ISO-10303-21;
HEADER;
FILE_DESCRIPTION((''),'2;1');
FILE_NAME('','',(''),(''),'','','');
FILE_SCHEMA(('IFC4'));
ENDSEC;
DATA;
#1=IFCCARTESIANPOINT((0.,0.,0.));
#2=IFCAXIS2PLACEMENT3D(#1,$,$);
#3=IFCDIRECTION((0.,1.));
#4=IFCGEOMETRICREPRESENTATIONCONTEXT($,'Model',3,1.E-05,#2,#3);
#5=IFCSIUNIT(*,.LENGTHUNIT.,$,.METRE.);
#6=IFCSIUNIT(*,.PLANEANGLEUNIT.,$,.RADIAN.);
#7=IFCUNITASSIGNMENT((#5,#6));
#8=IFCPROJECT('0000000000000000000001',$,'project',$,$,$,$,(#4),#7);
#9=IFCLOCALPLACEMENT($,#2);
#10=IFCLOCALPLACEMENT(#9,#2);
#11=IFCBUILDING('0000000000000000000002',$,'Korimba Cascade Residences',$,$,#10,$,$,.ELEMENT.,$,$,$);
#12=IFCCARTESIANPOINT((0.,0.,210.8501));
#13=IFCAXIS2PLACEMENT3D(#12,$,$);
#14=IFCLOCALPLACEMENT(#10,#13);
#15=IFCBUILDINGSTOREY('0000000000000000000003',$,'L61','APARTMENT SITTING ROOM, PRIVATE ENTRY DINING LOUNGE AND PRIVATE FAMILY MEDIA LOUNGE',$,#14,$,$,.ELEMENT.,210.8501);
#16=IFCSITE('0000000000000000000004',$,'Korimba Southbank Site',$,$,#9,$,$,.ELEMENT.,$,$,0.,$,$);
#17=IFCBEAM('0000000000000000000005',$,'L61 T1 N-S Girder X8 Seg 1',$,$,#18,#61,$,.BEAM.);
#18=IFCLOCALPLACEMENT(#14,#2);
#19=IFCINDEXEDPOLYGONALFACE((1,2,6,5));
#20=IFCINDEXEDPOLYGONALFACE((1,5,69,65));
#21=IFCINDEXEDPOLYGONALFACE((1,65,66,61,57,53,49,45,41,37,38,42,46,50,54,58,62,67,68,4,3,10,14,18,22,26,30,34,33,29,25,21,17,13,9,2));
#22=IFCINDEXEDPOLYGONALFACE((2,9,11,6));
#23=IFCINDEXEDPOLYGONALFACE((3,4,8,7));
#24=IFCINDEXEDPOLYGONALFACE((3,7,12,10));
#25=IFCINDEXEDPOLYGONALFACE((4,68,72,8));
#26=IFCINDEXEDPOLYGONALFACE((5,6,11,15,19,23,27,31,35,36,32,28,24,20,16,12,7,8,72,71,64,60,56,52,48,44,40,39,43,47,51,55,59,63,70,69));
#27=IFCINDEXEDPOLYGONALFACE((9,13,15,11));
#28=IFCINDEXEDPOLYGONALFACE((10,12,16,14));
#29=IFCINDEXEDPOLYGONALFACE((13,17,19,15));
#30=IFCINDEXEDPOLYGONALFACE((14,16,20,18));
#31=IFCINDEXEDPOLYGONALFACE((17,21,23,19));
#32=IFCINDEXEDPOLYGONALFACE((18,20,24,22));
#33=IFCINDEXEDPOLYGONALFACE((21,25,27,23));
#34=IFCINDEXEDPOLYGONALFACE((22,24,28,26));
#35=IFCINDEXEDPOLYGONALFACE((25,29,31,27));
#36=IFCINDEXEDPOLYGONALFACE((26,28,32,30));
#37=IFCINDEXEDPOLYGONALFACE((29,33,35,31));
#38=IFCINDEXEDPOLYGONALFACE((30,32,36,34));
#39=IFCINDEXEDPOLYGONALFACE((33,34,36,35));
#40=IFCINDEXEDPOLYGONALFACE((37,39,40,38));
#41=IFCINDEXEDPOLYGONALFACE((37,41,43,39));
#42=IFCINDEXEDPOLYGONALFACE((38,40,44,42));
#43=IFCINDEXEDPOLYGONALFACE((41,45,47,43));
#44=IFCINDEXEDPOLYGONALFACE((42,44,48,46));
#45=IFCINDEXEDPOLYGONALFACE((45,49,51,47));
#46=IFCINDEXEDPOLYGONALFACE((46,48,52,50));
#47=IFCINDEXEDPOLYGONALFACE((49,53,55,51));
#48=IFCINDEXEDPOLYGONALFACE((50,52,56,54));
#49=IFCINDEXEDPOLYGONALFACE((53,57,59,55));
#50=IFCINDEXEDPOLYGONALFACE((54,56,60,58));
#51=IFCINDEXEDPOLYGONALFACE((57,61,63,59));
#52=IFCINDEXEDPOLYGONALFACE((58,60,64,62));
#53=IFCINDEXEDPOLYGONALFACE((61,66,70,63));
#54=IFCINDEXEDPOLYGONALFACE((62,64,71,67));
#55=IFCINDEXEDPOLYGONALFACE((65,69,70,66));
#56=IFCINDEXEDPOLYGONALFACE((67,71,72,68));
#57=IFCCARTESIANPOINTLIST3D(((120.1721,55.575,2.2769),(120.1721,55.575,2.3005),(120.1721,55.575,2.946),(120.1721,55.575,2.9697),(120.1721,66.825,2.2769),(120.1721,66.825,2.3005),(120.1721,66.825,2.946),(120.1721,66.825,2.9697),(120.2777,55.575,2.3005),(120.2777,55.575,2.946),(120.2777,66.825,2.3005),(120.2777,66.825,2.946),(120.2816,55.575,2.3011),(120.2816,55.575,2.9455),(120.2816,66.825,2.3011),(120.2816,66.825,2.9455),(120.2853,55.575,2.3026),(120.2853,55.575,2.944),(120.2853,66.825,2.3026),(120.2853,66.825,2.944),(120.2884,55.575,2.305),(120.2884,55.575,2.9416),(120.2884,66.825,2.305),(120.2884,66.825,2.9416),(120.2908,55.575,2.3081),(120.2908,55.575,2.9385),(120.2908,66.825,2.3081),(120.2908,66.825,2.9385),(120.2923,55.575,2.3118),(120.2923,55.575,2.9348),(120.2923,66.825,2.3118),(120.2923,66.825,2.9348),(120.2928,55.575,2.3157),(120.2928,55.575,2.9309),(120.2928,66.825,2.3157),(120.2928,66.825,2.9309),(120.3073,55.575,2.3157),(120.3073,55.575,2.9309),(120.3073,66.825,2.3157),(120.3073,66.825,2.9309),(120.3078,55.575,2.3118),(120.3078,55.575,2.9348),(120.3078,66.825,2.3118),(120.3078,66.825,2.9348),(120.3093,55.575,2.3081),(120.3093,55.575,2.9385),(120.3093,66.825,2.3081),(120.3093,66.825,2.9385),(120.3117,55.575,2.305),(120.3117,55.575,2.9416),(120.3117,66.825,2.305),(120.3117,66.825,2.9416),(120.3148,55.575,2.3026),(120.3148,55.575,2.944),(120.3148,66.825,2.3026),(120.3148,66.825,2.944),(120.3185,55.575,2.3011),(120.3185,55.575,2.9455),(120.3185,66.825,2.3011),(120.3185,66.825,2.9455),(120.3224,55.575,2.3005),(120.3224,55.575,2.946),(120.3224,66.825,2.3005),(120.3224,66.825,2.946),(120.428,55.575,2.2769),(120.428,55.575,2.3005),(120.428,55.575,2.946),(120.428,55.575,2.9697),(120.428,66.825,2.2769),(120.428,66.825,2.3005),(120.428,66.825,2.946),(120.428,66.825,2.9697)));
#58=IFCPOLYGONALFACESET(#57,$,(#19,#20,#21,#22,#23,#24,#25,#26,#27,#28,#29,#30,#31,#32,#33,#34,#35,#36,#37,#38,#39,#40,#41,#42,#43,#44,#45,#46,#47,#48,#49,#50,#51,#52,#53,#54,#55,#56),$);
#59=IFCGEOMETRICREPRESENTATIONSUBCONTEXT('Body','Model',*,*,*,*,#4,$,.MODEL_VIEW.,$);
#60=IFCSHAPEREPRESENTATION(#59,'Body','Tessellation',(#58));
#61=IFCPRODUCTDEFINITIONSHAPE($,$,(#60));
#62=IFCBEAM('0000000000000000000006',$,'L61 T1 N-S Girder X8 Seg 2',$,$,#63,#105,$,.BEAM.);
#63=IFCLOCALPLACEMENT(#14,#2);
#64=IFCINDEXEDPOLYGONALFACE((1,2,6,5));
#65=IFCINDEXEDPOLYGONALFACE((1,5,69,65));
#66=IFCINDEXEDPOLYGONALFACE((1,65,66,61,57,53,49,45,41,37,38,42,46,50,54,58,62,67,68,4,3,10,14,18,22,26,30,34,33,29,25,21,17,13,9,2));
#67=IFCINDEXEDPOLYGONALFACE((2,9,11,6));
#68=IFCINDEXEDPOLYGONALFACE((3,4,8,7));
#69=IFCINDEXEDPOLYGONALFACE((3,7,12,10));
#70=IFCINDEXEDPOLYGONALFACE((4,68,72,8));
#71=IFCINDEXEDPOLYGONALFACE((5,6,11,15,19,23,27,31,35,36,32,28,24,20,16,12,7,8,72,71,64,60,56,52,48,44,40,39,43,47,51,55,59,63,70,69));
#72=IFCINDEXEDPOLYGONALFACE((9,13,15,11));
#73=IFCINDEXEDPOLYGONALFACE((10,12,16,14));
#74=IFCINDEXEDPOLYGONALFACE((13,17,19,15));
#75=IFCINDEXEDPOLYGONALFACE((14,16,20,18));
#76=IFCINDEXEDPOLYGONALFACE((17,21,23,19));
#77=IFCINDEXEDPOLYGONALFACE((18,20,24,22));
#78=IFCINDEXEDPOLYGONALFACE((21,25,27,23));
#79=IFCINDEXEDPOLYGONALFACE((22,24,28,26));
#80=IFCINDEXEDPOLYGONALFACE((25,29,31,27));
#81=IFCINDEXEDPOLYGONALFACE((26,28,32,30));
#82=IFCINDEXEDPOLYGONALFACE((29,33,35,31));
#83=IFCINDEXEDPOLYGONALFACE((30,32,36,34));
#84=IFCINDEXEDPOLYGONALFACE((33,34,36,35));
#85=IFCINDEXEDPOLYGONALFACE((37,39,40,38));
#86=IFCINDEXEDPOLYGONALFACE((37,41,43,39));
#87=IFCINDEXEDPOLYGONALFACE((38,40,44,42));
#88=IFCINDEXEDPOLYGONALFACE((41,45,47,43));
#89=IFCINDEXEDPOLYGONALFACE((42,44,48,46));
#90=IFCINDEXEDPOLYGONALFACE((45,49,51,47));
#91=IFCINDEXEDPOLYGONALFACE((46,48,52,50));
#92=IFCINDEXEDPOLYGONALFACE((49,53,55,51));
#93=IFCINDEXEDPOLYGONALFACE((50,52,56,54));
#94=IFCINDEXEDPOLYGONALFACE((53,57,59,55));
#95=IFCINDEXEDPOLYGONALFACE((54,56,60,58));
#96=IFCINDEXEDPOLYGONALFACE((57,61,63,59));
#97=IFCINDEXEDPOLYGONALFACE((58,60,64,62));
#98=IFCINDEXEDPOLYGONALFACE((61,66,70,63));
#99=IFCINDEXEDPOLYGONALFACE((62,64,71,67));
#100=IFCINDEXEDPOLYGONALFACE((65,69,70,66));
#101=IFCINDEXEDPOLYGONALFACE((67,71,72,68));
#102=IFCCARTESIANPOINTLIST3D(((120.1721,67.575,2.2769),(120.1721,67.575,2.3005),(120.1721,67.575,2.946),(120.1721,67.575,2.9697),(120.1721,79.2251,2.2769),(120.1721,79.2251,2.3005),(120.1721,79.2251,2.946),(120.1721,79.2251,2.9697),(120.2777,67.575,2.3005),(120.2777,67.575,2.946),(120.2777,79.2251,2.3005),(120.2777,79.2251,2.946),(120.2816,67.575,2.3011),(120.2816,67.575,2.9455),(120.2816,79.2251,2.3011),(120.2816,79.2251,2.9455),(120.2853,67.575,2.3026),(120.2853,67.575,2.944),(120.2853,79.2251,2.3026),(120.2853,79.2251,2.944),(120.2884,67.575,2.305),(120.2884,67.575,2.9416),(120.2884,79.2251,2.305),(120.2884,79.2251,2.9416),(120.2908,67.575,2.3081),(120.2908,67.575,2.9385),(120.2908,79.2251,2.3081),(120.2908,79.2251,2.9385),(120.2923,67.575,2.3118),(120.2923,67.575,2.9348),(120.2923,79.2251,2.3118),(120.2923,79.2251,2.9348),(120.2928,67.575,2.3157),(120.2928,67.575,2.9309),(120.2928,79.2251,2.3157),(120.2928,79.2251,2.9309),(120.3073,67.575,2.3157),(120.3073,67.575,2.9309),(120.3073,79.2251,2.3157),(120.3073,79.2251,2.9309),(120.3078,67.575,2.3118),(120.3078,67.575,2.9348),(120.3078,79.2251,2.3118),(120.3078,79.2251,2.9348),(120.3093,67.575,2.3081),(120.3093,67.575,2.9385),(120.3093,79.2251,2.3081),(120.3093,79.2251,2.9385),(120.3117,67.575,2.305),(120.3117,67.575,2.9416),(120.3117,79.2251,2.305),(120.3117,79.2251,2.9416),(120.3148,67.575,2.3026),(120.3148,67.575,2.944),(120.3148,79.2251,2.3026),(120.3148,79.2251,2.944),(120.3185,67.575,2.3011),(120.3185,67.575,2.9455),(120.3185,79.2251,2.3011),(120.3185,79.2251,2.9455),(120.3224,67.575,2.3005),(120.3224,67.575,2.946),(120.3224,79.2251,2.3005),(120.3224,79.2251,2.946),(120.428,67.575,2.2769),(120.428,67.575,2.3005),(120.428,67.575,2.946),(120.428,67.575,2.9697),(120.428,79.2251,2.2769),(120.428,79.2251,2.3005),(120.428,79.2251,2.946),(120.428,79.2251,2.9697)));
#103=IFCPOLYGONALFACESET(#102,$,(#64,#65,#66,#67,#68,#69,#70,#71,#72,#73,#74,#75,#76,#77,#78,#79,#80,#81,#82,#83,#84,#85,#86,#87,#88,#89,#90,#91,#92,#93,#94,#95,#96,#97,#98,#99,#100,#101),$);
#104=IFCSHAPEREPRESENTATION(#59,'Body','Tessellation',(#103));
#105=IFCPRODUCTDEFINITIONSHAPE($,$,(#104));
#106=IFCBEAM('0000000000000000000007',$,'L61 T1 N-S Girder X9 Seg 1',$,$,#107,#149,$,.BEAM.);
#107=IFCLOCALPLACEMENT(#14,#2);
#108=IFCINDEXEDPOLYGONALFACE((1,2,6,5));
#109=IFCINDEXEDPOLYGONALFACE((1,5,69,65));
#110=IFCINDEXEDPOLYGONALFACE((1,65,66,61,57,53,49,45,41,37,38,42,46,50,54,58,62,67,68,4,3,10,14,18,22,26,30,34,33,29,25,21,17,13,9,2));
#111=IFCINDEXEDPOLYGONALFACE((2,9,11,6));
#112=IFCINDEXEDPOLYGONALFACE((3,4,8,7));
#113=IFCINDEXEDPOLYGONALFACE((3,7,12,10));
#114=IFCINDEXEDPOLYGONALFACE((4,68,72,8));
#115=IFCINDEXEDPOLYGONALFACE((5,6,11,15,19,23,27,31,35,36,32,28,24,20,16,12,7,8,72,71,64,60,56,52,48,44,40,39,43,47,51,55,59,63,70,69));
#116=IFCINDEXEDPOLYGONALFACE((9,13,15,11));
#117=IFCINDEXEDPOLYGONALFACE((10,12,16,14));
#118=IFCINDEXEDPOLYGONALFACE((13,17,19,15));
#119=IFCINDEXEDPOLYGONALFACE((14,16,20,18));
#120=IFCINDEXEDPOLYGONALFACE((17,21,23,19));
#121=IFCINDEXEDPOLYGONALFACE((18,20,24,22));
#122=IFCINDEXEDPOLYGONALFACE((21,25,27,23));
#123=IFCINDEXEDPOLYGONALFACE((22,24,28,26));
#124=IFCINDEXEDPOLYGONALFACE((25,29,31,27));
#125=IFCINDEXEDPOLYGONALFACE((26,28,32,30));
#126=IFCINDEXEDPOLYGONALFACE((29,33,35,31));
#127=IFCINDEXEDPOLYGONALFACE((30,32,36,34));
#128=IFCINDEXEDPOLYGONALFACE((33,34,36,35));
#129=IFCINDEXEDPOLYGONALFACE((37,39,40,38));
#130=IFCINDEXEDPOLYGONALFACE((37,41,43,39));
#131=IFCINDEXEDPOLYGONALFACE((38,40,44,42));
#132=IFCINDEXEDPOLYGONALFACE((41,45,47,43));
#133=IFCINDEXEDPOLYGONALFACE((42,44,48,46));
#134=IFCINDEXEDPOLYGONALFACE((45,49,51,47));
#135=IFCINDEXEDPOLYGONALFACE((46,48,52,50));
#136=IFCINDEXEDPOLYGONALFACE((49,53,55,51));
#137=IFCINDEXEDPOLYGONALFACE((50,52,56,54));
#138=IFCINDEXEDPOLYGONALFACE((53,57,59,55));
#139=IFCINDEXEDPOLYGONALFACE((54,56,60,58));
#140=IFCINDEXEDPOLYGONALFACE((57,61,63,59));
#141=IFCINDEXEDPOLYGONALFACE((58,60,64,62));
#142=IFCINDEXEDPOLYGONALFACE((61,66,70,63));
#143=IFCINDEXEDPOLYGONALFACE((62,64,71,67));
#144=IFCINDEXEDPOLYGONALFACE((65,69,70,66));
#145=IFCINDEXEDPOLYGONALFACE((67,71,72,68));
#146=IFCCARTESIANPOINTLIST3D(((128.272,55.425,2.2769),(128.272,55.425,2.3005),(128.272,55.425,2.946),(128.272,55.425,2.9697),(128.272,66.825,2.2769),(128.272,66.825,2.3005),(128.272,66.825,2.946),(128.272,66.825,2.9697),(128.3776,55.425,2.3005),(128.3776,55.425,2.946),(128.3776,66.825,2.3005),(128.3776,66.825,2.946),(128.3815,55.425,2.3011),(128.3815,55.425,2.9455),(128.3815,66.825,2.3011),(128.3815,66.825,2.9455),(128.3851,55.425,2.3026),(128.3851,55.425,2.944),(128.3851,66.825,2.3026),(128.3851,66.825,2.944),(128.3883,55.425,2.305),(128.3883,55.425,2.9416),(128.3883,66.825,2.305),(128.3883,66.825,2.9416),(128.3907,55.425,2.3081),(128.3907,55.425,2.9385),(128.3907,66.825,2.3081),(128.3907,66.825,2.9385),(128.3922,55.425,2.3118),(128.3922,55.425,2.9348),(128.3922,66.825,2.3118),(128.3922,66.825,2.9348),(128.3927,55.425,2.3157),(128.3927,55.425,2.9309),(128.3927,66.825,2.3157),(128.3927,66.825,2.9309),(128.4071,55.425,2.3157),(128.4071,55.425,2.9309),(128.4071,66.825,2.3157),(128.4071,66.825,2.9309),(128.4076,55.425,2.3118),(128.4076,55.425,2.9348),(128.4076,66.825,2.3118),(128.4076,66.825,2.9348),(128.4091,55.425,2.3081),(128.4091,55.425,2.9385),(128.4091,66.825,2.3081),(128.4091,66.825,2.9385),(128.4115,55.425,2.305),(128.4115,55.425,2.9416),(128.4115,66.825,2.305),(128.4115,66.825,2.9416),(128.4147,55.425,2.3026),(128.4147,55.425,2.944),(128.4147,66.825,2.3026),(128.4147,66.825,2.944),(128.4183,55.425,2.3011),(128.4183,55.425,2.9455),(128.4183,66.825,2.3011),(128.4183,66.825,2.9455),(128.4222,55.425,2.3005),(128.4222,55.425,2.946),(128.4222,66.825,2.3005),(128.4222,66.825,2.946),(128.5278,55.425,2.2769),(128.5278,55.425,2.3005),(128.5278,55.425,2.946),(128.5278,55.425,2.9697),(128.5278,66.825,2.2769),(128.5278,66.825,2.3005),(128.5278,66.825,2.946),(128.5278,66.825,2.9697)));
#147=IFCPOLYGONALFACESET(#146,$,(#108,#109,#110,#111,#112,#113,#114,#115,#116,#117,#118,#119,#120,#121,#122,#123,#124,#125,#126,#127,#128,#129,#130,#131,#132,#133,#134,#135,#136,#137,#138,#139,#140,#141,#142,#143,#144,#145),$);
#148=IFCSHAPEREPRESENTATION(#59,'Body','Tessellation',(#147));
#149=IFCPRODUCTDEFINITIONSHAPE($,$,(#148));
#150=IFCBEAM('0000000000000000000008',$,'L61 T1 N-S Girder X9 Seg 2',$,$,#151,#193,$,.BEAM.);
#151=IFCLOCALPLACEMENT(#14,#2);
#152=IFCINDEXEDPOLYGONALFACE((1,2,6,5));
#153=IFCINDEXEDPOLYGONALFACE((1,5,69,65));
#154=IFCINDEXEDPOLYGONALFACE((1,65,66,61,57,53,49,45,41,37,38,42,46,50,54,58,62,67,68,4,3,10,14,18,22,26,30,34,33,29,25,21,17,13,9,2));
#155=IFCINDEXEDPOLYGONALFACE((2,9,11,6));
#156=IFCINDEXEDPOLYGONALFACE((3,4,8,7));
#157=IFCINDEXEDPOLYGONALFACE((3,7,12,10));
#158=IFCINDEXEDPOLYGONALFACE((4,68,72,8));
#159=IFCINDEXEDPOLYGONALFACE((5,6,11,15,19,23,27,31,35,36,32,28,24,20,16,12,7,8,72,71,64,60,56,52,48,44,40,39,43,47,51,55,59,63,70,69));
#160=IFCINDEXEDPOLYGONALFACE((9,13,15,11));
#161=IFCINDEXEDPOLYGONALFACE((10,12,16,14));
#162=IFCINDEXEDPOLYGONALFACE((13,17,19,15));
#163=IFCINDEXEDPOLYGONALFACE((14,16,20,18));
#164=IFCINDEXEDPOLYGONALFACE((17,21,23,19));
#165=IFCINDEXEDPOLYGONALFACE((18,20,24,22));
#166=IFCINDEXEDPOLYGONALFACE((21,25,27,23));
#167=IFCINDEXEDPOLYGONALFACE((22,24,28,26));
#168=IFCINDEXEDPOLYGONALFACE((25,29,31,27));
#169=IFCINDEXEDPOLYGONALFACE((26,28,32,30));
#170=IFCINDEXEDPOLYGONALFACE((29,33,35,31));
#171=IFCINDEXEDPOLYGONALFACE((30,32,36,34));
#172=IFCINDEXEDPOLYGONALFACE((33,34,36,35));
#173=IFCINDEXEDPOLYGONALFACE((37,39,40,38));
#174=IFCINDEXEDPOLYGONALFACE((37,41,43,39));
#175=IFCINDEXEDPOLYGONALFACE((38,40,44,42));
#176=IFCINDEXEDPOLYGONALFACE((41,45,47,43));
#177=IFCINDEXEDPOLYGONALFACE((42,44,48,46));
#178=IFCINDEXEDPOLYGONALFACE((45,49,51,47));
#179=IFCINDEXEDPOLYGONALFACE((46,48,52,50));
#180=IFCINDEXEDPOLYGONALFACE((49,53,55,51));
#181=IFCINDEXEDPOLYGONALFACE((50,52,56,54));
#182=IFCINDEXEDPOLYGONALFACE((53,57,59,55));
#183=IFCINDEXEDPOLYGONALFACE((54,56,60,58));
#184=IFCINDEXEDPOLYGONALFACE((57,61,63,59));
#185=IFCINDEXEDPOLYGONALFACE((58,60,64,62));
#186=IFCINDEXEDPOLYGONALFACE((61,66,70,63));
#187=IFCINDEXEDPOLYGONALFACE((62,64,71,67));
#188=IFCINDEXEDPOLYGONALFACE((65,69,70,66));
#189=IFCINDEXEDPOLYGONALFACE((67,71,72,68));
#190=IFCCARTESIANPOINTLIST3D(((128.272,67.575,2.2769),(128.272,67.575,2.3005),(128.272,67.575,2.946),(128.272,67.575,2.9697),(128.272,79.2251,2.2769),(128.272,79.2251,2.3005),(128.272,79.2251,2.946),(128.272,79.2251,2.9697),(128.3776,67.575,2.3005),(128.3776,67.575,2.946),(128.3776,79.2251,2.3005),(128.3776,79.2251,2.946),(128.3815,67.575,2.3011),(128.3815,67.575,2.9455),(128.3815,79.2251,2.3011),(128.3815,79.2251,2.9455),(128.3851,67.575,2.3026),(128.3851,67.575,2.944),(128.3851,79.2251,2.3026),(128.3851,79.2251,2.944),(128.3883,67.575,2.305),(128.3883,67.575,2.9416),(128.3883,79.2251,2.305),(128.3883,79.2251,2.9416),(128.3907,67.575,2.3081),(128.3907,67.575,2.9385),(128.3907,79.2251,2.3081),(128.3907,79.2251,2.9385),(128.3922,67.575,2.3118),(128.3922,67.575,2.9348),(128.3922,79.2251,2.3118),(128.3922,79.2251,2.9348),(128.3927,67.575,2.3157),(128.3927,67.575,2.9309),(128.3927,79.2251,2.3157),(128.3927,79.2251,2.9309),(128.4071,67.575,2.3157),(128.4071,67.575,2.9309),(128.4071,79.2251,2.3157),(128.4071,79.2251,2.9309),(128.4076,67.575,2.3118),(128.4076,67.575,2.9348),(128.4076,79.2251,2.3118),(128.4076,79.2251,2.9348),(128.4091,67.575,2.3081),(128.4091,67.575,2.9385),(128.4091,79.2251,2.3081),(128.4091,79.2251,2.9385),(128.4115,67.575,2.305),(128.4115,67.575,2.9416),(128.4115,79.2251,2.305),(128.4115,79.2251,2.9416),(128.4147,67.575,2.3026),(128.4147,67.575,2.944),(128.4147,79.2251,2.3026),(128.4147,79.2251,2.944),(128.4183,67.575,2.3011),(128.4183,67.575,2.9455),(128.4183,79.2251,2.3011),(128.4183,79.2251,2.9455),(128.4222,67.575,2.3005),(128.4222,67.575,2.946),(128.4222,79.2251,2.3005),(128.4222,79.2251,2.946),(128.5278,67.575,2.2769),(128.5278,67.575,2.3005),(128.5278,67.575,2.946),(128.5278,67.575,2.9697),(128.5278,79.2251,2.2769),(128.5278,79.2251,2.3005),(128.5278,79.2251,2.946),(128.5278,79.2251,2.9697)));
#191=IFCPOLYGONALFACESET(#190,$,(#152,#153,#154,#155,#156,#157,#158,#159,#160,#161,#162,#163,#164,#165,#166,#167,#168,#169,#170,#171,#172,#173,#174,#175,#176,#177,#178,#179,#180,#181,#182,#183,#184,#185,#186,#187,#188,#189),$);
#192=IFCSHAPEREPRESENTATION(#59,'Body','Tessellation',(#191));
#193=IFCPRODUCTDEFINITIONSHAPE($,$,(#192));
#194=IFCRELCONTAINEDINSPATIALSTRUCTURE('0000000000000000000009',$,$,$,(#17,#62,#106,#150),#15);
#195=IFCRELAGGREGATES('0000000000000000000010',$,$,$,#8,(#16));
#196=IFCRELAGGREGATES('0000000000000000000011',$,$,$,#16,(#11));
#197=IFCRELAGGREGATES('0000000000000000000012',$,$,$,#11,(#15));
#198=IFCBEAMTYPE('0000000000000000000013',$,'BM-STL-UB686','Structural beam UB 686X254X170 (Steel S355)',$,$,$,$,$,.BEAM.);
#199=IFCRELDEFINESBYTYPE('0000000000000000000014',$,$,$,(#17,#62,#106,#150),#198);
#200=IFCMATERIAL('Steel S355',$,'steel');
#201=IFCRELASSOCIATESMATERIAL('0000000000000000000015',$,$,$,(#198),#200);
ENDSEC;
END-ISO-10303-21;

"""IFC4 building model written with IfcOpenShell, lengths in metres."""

from ifc_helpers import new_model, si_unit, direction, frame, origin, origin_2d, place, context, subcontext, project, spatial, i_section, extrude, material, material_profile, profile_set, type_object, element, save


model = new_model("IFC4")

# Units and contexts
model_context = context("Model", 3, precision=1e-05, world=origin(), true_north=direction((0.0, 1.0)))
body_context = subcontext(model_context, "Body", "Model", "MODEL_VIEW")
ifc_project = project(units=[si_unit("LENGTHUNIT", "METRE"), si_unit("PLANEANGLEUNIT", "RADIAN")], contexts=[model_context])

# Site, building, storey
site_placement = place(None, origin())
site = spatial("IfcSite", under=ifc_project, at=site_placement, Name="Korimba Southbank Site", CompositionType="ELEMENT", RefElevation=0.0)
building_placement = place(site_placement, origin())
building = spatial("IfcBuilding", under=site, at=building_placement, Name="Korimba Cascade Residences", CompositionType="ELEMENT")
storey_placement = place(building_placement, frame((0.0, 0.0, 210.8501)))
storey = spatial("IfcBuildingStorey", under=building, at=storey_placement, Name="L61", Description="APARTMENT SITTING ROOM, PRIVATE ENTRY DINING LOUNGE AND PRIVATE FAMILY MEDIA LOUNGE", CompositionType="ELEMENT", Elevation=210.8501)

# Beams
ifc_material_1 = material(Name="Steel S355", Category="steel")
ifc_material_profile_1 = material_profile(ifc_material_1, i_section(OverallWidth=0.2559, OverallDepth=0.6929, WebThickness=0.0144, FlangeThickness=0.0237, FilletRadius=0.0151, at=origin_2d()), Name="Steel S355")
ifc_profile_set_1 = profile_set([ifc_material_profile_1], Name="Steel S355")
beam_type_1 = type_object("IfcBeamType", Name="BM-STL-UB686", Description="Structural beam UB 686X254X170 (Steel S355)", PredefinedType="BEAM", material=ifc_profile_set_1)
beam_1_placement = place(storey_placement, frame((120.3, 55.575, 2.6233), z_axis=(0.0, 1.0, 0.0), x_axis=(-1.0, 0.0, 0.0)))
element("IfcBeam", 1, at=beam_1_placement, inside=storey, type_object=beam_type_1, Name="L61 T1 N-S Girder X8 Seg 1", PredefinedType="BEAM", context=body_context, shape_type="SweptSolid", body=[
    extrude(i_section(OverallWidth=0.2559, OverallDepth=0.6929, WebThickness=0.0144, FlangeThickness=0.0237, FilletRadius=0.0151, at=origin_2d()), origin(), (0.0, 0.0, 1.0), 11.25),
])
beam_2_placement = place(storey_placement, frame((120.3, 67.575, 2.6233), z_axis=(0.0, 1.0, 0.0), x_axis=(-1.0, 0.0, 0.0)))
element("IfcBeam", 2, at=beam_2_placement, inside=storey, type_object=beam_type_1, Name="L61 T1 N-S Girder X8 Seg 2", PredefinedType="BEAM", context=body_context, shape_type="SweptSolid", body=[
    extrude(i_section(OverallWidth=0.2559, OverallDepth=0.6929, WebThickness=0.0144, FlangeThickness=0.0237, FilletRadius=0.0151, at=origin_2d()), origin(), (0.0, 0.0, 1.0), 11.6501),
])
beam_3_placement = place(storey_placement, frame((128.3999, 55.425, 2.6233), z_axis=(0.0, 1.0, 0.0), x_axis=(-1.0, 0.0, 0.0)))
element("IfcBeam", 3, at=beam_3_placement, inside=storey, type_object=beam_type_1, Name="L61 T1 N-S Girder X9 Seg 1", PredefinedType="BEAM", context=body_context, shape_type="SweptSolid", body=[
    extrude(i_section(OverallWidth=0.2559, OverallDepth=0.6929, WebThickness=0.0144, FlangeThickness=0.0237, FilletRadius=0.0151, at=origin_2d()), origin(), (0.0, 0.0, 1.0), 11.3999),
])
beam_4_placement = place(storey_placement, frame((128.3999, 67.575, 2.6233), z_axis=(0.0, 1.0, 0.0), x_axis=(-1.0, 0.0, 0.0)))
element("IfcBeam", 4, at=beam_4_placement, inside=storey, type_object=beam_type_1, Name="L61 T1 N-S Girder X9 Seg 2", PredefinedType="BEAM", context=body_context, shape_type="SweptSolid", body=[
    extrude(i_section(OverallWidth=0.2559, OverallDepth=0.6929, WebThickness=0.0144, FlangeThickness=0.0237, FilletRadius=0.0151, at=origin_2d()), origin(), (0.0, 0.0, 1.0), 11.6501),
])

save(model, "model.ifc")
